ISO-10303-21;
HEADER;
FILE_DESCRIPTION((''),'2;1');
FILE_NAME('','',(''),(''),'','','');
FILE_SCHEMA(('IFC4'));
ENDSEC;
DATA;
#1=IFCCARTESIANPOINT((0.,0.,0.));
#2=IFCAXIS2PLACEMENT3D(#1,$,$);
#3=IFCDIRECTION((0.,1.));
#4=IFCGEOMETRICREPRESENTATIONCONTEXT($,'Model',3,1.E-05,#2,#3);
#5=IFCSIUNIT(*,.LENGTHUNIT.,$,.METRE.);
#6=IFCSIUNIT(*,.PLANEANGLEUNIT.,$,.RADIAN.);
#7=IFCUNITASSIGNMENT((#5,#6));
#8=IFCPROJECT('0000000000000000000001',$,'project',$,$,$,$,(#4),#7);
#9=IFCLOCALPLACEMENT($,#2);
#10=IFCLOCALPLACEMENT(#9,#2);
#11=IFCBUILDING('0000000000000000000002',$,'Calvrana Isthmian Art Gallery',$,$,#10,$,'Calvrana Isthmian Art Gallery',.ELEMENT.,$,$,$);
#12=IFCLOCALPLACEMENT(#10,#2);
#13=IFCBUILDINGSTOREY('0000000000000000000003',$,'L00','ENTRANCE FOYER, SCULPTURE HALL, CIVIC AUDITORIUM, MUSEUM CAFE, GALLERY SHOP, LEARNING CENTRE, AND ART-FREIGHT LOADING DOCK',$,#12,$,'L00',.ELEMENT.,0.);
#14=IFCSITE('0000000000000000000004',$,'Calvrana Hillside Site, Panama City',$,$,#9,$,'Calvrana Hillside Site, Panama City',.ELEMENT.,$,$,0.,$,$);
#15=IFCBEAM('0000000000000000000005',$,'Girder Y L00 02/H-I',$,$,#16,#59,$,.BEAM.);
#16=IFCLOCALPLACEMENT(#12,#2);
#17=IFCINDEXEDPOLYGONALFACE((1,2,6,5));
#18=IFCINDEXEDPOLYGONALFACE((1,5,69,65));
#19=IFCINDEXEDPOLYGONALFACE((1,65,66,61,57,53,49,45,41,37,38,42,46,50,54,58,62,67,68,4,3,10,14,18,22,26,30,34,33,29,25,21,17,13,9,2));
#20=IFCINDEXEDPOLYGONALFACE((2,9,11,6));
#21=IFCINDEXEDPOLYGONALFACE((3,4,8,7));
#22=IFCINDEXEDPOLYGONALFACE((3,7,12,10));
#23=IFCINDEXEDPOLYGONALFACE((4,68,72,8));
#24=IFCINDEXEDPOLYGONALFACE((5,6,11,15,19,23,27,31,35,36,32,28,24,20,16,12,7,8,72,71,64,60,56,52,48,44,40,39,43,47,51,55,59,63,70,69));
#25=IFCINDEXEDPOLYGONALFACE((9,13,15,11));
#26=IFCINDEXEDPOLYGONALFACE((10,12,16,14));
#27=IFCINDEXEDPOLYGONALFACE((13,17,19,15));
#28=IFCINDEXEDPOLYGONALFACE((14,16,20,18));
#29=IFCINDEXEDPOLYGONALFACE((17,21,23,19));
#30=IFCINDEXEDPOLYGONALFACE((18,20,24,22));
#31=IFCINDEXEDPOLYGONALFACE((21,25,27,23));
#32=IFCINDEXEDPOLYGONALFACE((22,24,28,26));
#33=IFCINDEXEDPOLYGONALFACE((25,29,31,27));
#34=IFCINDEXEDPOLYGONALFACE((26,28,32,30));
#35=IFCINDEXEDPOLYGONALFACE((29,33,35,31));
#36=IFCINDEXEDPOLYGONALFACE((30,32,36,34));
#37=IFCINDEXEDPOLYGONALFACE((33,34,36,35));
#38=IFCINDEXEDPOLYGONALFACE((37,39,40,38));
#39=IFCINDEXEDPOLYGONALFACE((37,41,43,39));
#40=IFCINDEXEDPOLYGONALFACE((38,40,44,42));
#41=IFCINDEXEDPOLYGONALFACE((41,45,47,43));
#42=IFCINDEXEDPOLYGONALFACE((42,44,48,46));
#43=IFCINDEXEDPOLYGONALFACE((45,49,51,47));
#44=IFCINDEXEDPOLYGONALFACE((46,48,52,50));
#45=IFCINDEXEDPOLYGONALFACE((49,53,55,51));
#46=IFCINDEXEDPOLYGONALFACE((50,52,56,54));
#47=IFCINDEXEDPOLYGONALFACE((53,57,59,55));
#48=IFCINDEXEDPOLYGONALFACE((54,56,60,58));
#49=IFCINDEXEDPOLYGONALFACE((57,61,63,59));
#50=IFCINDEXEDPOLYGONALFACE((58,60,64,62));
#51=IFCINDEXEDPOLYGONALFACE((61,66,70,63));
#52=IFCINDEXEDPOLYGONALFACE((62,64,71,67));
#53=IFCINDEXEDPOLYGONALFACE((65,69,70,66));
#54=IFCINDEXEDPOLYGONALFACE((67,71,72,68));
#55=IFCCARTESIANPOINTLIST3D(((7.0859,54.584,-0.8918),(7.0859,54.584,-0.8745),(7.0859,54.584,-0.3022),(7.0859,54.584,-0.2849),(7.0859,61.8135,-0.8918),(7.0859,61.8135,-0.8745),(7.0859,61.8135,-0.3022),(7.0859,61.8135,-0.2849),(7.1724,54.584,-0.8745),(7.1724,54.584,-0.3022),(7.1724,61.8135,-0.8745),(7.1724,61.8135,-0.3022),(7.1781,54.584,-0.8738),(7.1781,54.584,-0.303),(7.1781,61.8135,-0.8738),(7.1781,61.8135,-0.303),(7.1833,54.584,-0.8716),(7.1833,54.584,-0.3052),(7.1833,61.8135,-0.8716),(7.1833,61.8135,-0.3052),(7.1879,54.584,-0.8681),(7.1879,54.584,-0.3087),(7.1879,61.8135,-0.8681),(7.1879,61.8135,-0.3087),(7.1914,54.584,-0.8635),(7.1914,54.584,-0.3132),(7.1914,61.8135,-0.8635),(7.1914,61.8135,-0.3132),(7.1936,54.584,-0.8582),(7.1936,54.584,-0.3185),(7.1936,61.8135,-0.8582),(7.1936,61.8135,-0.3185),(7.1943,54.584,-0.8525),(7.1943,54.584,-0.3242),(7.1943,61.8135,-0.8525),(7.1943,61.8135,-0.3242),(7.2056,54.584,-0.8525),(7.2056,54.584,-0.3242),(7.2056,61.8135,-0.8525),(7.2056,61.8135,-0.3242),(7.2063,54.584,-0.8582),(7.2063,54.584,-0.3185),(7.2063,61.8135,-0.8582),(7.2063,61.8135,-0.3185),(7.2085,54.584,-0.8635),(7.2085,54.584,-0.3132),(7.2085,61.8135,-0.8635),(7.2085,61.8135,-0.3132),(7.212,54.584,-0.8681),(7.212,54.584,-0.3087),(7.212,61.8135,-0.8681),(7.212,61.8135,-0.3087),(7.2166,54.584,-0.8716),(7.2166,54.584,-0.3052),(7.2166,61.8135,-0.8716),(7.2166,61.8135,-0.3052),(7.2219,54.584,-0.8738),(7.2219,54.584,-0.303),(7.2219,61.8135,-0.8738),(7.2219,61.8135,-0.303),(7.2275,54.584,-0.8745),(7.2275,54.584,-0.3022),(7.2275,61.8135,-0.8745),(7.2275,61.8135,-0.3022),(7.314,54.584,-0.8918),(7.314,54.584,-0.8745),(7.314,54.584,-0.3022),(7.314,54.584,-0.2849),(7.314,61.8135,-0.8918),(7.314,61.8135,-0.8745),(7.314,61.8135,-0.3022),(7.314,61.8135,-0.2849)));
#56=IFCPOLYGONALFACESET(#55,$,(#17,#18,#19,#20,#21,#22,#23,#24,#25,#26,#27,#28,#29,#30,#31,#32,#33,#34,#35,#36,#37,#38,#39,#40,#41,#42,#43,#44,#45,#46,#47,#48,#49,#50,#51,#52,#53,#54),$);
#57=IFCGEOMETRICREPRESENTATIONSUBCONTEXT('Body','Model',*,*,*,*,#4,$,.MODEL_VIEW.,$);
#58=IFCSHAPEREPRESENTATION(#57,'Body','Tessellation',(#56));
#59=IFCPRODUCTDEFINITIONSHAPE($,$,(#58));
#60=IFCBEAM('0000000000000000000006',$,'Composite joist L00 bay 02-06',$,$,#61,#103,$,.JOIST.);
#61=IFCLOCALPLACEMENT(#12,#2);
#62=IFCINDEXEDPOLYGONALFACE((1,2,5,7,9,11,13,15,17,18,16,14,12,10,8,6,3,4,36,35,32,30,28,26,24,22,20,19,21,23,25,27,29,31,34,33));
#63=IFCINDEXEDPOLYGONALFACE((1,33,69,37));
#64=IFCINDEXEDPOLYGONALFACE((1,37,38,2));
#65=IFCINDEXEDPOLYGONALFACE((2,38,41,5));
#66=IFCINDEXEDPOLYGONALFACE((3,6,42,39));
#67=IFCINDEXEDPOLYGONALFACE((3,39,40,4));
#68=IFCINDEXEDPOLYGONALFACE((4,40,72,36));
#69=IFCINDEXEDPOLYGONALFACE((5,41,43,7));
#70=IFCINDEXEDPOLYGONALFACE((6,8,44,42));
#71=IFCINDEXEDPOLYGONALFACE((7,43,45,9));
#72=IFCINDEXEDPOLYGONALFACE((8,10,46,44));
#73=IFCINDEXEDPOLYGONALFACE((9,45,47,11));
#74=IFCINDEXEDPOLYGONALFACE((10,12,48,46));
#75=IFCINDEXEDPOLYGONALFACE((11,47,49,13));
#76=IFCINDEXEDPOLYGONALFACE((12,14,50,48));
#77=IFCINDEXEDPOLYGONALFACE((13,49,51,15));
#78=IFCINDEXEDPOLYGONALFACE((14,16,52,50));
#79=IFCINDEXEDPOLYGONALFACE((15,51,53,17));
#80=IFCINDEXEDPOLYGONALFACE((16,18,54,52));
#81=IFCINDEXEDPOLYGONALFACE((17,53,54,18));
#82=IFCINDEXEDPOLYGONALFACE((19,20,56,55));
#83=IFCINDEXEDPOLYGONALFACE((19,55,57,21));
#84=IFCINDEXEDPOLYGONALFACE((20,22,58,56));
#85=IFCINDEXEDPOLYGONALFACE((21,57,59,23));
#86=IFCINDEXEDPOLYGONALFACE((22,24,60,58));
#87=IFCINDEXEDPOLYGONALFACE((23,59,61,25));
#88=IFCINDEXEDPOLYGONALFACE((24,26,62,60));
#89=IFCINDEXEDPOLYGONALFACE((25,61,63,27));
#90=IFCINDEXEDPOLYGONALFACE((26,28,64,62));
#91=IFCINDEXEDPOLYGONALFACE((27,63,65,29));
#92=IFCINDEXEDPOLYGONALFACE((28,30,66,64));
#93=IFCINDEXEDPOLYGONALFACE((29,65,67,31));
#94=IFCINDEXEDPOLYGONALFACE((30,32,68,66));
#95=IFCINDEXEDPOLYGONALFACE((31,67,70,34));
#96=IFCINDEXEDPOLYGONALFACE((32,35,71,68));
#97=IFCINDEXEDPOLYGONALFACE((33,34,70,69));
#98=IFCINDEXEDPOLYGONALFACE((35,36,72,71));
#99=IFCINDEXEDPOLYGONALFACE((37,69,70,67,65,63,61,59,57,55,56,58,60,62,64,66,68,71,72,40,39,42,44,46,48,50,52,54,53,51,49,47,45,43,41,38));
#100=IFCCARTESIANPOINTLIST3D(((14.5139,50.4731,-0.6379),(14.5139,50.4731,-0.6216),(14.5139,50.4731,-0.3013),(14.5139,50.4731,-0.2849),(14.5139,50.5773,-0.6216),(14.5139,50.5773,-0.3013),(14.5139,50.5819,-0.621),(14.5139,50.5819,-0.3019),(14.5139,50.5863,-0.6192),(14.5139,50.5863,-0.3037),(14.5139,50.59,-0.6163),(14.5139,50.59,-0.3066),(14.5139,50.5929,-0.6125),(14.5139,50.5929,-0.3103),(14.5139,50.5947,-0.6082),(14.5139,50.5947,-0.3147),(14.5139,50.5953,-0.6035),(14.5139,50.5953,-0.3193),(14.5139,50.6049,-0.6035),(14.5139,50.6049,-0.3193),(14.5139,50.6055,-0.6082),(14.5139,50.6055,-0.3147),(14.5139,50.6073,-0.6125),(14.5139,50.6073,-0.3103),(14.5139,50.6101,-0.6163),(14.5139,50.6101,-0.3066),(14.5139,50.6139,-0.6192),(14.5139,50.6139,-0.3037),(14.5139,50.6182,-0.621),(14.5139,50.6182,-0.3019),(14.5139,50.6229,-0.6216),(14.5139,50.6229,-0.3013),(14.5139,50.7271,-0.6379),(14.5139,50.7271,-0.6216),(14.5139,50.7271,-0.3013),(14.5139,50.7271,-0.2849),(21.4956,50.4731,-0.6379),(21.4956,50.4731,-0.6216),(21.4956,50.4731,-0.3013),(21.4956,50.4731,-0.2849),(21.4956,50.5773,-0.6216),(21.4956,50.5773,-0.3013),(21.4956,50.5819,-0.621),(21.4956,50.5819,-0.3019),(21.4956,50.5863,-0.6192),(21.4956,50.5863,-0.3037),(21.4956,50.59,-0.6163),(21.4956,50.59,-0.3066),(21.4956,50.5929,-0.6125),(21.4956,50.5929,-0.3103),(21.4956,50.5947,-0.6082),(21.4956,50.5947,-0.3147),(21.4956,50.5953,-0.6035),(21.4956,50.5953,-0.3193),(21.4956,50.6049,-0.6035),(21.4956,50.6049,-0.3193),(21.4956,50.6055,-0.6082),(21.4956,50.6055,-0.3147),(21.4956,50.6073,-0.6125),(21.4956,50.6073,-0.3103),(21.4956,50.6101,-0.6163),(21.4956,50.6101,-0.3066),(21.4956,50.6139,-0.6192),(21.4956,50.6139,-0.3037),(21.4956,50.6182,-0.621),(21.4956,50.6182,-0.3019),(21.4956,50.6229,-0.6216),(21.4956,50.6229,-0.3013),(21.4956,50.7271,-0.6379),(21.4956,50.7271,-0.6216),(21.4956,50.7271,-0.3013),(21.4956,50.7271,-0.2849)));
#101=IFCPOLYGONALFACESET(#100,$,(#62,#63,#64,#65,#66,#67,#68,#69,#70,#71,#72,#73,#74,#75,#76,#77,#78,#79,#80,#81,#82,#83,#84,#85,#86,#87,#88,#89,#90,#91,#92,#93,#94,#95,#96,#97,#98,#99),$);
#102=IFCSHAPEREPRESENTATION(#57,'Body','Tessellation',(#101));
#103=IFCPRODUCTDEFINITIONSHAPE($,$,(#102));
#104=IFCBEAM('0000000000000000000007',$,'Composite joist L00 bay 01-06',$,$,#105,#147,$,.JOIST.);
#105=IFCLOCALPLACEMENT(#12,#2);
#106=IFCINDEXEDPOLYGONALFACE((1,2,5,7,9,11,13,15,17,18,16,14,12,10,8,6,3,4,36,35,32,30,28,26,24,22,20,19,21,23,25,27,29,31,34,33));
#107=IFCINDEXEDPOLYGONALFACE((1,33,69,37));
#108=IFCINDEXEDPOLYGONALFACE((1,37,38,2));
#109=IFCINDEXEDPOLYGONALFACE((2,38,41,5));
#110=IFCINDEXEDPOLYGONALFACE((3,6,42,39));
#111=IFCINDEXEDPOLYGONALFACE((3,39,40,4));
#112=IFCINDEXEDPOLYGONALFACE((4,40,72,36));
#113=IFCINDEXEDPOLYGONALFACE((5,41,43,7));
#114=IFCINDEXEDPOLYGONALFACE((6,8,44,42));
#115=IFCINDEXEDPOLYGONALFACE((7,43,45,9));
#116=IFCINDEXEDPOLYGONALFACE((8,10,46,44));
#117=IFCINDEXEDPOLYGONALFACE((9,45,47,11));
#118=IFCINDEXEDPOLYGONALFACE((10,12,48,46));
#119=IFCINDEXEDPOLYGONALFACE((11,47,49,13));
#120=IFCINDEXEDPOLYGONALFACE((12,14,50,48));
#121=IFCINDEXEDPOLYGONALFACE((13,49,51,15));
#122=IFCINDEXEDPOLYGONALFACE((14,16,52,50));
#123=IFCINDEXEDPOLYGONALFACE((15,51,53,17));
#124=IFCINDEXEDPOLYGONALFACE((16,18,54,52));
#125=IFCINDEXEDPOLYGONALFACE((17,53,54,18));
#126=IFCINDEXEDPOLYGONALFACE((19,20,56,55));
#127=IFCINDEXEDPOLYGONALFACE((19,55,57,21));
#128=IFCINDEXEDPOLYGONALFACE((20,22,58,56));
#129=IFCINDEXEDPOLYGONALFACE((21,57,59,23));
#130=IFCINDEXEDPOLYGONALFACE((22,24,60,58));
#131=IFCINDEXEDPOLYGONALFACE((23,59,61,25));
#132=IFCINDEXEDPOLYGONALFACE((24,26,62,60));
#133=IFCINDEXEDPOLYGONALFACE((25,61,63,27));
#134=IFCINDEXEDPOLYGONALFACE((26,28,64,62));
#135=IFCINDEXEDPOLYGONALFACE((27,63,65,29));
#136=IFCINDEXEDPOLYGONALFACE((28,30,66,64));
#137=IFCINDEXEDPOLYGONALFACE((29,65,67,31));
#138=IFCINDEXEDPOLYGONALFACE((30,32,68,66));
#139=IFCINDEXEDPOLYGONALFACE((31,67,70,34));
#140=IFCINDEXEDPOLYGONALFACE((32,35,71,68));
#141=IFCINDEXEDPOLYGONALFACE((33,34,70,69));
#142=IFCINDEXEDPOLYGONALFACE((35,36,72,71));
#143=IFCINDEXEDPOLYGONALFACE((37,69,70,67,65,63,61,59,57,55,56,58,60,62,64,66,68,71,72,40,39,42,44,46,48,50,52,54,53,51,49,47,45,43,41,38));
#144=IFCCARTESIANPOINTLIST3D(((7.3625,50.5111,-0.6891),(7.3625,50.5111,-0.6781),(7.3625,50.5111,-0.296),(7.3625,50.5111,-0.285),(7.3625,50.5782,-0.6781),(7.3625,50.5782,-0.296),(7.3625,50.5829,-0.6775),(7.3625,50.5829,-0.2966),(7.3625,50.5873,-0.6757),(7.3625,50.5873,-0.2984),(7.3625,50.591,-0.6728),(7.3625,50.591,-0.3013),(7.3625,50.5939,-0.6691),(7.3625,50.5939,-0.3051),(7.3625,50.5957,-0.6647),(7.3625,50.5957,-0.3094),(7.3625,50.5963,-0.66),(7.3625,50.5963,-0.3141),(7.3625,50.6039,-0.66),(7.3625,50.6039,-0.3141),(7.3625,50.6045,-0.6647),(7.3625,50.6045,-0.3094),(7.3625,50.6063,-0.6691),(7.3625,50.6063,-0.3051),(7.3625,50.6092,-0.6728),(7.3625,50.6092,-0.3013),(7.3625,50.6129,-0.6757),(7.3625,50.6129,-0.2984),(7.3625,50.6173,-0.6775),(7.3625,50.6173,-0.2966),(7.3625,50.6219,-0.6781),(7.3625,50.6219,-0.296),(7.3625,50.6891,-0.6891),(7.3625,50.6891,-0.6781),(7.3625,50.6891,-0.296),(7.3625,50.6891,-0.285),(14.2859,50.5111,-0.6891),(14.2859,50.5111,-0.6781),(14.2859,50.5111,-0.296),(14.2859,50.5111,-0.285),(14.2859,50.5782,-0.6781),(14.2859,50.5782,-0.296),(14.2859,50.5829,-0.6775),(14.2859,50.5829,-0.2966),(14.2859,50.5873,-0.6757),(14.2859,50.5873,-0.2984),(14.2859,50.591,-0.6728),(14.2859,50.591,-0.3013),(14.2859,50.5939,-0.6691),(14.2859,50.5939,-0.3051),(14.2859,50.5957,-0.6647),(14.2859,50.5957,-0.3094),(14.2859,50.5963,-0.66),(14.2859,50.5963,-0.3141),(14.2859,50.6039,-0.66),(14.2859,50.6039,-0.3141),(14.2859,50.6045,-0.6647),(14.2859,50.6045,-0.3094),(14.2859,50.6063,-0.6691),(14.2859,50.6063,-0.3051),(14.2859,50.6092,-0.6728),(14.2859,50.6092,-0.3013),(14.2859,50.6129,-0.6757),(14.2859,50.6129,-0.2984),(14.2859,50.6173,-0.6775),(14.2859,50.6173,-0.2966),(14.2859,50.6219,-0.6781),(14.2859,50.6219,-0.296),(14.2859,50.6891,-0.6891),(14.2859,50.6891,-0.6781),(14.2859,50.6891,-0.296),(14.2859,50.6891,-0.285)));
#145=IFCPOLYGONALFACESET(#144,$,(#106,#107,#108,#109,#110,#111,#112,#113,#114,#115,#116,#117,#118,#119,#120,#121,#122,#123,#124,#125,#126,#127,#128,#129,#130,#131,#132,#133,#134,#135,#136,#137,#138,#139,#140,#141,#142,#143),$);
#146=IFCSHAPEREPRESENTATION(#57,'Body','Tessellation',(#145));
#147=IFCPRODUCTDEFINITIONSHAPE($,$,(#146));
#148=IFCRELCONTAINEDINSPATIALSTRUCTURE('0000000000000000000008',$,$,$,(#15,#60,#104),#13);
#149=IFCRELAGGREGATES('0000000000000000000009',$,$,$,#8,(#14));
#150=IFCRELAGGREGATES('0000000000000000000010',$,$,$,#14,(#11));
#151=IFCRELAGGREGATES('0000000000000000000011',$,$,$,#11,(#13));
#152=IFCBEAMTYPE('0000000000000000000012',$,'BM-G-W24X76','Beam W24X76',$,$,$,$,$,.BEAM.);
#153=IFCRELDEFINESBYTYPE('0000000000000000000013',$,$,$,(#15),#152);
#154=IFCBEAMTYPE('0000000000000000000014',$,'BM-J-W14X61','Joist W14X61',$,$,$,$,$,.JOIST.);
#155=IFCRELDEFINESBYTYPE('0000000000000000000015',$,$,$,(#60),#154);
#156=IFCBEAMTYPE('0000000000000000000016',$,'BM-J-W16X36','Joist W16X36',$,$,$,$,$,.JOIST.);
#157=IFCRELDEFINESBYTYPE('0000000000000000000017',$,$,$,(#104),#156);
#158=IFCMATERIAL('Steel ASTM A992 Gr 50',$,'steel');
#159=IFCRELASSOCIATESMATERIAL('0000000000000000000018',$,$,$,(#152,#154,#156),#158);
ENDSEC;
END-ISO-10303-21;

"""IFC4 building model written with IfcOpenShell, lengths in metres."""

from ifc_helpers import new_model, si_unit, direction, frame, origin, origin_2d, place, context, subcontext, project, spatial, i_section, extrude, material, material_profile, profile_set, type_object, element, save


model = new_model("IFC4")

# Units and contexts
model_context = context("Model", 3, precision=1e-05, world=origin(), true_north=direction((0.0, 1.0)))
body_context = subcontext(model_context, "Body", "Model", "MODEL_VIEW")
ifc_project = project(units=[si_unit("LENGTHUNIT", "METRE"), si_unit("PLANEANGLEUNIT", "RADIAN")], contexts=[model_context])

# Site, building, storey
site_placement = place(None, origin())
site = spatial("IfcSite", under=ifc_project, at=site_placement, Name="Calvrana Hillside Site, Panama City", LongName="Calvrana Hillside Site, Panama City", CompositionType="ELEMENT", RefElevation=0.0)
building_placement = place(site_placement, origin())
building = spatial("IfcBuilding", under=site, at=building_placement, Name="Calvrana Isthmian Art Gallery", LongName="Calvrana Isthmian Art Gallery", CompositionType="ELEMENT")
storey_placement = place(building_placement, origin())
storey = spatial("IfcBuildingStorey", under=building, at=storey_placement, Name="L00", Description="ENTRANCE FOYER, SCULPTURE HALL, CIVIC AUDITORIUM, MUSEUM CAFE, GALLERY SHOP, LEARNING CENTRE, AND ART-FREIGHT LOADING DOCK", LongName="L00", CompositionType="ELEMENT", Elevation=0.0)

# Shared definitions
ifc_material_1 = material(Name="Steel ASTM A992 Gr 50", Category="steel")

# Beams
ifc_material_profile_1 = material_profile(ifc_material_1, i_section(OverallWidth=0.228, OverallDepth=0.6069, WebThickness=0.0112, FlangeThickness=0.0173, FilletRadius=0.022, at=origin_2d()), Name="W24X76")
ifc_profile_set_1 = profile_set([ifc_material_profile_1], Name="Steel ASTM A992 Gr 50")
beam_type_1 = type_object("IfcBeamType", Name="BM-G-W24X76", Description="Beam W24X76", PredefinedType="BEAM", material=ifc_profile_set_1)
beam_1_placement = place(storey_placement, frame((7.2, 54.584, -0.5884), z_axis=(0.0, 1.0, 0.0), x_axis=(-1.0, 0.0, 0.0)))
element("IfcBeam", 1, at=beam_1_placement, inside=storey, type_object=beam_type_1, Name="Girder Y L00 02/H-I", PredefinedType="BEAM", context=body_context, shape_type="SweptSolid", body=[
    extrude(i_section(OverallWidth=0.228, OverallDepth=0.6069, WebThickness=0.0112, FlangeThickness=0.0173, FilletRadius=0.022, at=origin_2d()), origin(), (0.0, 0.0, 1.0), 7.2295),
])
ifc_material_profile_2 = material_profile(ifc_material_1, i_section(OverallWidth=0.2539, OverallDepth=0.353, WebThickness=0.0095, FlangeThickness=0.0164, FilletRadius=0.0181, at=origin_2d()), Name="W14X61")
ifc_profile_set_2 = profile_set([ifc_material_profile_2], Name="Steel ASTM A992 Gr 50")
beam_type_2 = type_object("IfcBeamType", Name="BM-J-W14X61", Description="Joist W14X61", PredefinedType="JOIST", material=ifc_profile_set_2)
beam_2_placement = place(storey_placement, frame((14.5139, 50.6001, -0.4614), z_axis=(1.0, 0.0, 0.0), x_axis=(0.0, 1.0, 0.0)))
element("IfcBeam", 2, at=beam_2_placement, inside=storey, type_object=beam_type_2, Name="Composite joist L00 bay 02-06", PredefinedType="JOIST", context=body_context, shape_type="SweptSolid", body=[
    extrude(i_section(OverallWidth=0.2539, OverallDepth=0.353, WebThickness=0.0095, FlangeThickness=0.0164, FilletRadius=0.0181, at=origin_2d()), origin(), (0.0, 0.0, 1.0), 6.9817),
])
ifc_material_profile_3 = material_profile(ifc_material_1, i_section(OverallWidth=0.178, OverallDepth=0.4041, WebThickness=0.0076, FlangeThickness=0.011, FilletRadius=0.0181, at=origin_2d()), Name="W16X36")
ifc_profile_set_3 = profile_set([ifc_material_profile_3], Name="Steel ASTM A992 Gr 50")
beam_type_3 = type_object("IfcBeamType", Name="BM-J-W16X36", Description="Joist W16X36", PredefinedType="JOIST", material=ifc_profile_set_3)
beam_3_placement = place(storey_placement, frame((7.3625, 50.6001, -0.4871), z_axis=(1.0, 0.0, 0.0), x_axis=(0.0, 1.0, 0.0)))
element("IfcBeam", 3, at=beam_3_placement, inside=storey, type_object=beam_type_3, Name="Composite joist L00 bay 01-06", PredefinedType="JOIST", context=body_context, shape_type="SweptSolid", body=[
    extrude(i_section(OverallWidth=0.178, OverallDepth=0.4041, WebThickness=0.0076, FlangeThickness=0.011, FilletRadius=0.0181, at=origin_2d()), origin(), (0.0, 0.0, 1.0), 6.9233),
])

save(model, "model.ifc")
